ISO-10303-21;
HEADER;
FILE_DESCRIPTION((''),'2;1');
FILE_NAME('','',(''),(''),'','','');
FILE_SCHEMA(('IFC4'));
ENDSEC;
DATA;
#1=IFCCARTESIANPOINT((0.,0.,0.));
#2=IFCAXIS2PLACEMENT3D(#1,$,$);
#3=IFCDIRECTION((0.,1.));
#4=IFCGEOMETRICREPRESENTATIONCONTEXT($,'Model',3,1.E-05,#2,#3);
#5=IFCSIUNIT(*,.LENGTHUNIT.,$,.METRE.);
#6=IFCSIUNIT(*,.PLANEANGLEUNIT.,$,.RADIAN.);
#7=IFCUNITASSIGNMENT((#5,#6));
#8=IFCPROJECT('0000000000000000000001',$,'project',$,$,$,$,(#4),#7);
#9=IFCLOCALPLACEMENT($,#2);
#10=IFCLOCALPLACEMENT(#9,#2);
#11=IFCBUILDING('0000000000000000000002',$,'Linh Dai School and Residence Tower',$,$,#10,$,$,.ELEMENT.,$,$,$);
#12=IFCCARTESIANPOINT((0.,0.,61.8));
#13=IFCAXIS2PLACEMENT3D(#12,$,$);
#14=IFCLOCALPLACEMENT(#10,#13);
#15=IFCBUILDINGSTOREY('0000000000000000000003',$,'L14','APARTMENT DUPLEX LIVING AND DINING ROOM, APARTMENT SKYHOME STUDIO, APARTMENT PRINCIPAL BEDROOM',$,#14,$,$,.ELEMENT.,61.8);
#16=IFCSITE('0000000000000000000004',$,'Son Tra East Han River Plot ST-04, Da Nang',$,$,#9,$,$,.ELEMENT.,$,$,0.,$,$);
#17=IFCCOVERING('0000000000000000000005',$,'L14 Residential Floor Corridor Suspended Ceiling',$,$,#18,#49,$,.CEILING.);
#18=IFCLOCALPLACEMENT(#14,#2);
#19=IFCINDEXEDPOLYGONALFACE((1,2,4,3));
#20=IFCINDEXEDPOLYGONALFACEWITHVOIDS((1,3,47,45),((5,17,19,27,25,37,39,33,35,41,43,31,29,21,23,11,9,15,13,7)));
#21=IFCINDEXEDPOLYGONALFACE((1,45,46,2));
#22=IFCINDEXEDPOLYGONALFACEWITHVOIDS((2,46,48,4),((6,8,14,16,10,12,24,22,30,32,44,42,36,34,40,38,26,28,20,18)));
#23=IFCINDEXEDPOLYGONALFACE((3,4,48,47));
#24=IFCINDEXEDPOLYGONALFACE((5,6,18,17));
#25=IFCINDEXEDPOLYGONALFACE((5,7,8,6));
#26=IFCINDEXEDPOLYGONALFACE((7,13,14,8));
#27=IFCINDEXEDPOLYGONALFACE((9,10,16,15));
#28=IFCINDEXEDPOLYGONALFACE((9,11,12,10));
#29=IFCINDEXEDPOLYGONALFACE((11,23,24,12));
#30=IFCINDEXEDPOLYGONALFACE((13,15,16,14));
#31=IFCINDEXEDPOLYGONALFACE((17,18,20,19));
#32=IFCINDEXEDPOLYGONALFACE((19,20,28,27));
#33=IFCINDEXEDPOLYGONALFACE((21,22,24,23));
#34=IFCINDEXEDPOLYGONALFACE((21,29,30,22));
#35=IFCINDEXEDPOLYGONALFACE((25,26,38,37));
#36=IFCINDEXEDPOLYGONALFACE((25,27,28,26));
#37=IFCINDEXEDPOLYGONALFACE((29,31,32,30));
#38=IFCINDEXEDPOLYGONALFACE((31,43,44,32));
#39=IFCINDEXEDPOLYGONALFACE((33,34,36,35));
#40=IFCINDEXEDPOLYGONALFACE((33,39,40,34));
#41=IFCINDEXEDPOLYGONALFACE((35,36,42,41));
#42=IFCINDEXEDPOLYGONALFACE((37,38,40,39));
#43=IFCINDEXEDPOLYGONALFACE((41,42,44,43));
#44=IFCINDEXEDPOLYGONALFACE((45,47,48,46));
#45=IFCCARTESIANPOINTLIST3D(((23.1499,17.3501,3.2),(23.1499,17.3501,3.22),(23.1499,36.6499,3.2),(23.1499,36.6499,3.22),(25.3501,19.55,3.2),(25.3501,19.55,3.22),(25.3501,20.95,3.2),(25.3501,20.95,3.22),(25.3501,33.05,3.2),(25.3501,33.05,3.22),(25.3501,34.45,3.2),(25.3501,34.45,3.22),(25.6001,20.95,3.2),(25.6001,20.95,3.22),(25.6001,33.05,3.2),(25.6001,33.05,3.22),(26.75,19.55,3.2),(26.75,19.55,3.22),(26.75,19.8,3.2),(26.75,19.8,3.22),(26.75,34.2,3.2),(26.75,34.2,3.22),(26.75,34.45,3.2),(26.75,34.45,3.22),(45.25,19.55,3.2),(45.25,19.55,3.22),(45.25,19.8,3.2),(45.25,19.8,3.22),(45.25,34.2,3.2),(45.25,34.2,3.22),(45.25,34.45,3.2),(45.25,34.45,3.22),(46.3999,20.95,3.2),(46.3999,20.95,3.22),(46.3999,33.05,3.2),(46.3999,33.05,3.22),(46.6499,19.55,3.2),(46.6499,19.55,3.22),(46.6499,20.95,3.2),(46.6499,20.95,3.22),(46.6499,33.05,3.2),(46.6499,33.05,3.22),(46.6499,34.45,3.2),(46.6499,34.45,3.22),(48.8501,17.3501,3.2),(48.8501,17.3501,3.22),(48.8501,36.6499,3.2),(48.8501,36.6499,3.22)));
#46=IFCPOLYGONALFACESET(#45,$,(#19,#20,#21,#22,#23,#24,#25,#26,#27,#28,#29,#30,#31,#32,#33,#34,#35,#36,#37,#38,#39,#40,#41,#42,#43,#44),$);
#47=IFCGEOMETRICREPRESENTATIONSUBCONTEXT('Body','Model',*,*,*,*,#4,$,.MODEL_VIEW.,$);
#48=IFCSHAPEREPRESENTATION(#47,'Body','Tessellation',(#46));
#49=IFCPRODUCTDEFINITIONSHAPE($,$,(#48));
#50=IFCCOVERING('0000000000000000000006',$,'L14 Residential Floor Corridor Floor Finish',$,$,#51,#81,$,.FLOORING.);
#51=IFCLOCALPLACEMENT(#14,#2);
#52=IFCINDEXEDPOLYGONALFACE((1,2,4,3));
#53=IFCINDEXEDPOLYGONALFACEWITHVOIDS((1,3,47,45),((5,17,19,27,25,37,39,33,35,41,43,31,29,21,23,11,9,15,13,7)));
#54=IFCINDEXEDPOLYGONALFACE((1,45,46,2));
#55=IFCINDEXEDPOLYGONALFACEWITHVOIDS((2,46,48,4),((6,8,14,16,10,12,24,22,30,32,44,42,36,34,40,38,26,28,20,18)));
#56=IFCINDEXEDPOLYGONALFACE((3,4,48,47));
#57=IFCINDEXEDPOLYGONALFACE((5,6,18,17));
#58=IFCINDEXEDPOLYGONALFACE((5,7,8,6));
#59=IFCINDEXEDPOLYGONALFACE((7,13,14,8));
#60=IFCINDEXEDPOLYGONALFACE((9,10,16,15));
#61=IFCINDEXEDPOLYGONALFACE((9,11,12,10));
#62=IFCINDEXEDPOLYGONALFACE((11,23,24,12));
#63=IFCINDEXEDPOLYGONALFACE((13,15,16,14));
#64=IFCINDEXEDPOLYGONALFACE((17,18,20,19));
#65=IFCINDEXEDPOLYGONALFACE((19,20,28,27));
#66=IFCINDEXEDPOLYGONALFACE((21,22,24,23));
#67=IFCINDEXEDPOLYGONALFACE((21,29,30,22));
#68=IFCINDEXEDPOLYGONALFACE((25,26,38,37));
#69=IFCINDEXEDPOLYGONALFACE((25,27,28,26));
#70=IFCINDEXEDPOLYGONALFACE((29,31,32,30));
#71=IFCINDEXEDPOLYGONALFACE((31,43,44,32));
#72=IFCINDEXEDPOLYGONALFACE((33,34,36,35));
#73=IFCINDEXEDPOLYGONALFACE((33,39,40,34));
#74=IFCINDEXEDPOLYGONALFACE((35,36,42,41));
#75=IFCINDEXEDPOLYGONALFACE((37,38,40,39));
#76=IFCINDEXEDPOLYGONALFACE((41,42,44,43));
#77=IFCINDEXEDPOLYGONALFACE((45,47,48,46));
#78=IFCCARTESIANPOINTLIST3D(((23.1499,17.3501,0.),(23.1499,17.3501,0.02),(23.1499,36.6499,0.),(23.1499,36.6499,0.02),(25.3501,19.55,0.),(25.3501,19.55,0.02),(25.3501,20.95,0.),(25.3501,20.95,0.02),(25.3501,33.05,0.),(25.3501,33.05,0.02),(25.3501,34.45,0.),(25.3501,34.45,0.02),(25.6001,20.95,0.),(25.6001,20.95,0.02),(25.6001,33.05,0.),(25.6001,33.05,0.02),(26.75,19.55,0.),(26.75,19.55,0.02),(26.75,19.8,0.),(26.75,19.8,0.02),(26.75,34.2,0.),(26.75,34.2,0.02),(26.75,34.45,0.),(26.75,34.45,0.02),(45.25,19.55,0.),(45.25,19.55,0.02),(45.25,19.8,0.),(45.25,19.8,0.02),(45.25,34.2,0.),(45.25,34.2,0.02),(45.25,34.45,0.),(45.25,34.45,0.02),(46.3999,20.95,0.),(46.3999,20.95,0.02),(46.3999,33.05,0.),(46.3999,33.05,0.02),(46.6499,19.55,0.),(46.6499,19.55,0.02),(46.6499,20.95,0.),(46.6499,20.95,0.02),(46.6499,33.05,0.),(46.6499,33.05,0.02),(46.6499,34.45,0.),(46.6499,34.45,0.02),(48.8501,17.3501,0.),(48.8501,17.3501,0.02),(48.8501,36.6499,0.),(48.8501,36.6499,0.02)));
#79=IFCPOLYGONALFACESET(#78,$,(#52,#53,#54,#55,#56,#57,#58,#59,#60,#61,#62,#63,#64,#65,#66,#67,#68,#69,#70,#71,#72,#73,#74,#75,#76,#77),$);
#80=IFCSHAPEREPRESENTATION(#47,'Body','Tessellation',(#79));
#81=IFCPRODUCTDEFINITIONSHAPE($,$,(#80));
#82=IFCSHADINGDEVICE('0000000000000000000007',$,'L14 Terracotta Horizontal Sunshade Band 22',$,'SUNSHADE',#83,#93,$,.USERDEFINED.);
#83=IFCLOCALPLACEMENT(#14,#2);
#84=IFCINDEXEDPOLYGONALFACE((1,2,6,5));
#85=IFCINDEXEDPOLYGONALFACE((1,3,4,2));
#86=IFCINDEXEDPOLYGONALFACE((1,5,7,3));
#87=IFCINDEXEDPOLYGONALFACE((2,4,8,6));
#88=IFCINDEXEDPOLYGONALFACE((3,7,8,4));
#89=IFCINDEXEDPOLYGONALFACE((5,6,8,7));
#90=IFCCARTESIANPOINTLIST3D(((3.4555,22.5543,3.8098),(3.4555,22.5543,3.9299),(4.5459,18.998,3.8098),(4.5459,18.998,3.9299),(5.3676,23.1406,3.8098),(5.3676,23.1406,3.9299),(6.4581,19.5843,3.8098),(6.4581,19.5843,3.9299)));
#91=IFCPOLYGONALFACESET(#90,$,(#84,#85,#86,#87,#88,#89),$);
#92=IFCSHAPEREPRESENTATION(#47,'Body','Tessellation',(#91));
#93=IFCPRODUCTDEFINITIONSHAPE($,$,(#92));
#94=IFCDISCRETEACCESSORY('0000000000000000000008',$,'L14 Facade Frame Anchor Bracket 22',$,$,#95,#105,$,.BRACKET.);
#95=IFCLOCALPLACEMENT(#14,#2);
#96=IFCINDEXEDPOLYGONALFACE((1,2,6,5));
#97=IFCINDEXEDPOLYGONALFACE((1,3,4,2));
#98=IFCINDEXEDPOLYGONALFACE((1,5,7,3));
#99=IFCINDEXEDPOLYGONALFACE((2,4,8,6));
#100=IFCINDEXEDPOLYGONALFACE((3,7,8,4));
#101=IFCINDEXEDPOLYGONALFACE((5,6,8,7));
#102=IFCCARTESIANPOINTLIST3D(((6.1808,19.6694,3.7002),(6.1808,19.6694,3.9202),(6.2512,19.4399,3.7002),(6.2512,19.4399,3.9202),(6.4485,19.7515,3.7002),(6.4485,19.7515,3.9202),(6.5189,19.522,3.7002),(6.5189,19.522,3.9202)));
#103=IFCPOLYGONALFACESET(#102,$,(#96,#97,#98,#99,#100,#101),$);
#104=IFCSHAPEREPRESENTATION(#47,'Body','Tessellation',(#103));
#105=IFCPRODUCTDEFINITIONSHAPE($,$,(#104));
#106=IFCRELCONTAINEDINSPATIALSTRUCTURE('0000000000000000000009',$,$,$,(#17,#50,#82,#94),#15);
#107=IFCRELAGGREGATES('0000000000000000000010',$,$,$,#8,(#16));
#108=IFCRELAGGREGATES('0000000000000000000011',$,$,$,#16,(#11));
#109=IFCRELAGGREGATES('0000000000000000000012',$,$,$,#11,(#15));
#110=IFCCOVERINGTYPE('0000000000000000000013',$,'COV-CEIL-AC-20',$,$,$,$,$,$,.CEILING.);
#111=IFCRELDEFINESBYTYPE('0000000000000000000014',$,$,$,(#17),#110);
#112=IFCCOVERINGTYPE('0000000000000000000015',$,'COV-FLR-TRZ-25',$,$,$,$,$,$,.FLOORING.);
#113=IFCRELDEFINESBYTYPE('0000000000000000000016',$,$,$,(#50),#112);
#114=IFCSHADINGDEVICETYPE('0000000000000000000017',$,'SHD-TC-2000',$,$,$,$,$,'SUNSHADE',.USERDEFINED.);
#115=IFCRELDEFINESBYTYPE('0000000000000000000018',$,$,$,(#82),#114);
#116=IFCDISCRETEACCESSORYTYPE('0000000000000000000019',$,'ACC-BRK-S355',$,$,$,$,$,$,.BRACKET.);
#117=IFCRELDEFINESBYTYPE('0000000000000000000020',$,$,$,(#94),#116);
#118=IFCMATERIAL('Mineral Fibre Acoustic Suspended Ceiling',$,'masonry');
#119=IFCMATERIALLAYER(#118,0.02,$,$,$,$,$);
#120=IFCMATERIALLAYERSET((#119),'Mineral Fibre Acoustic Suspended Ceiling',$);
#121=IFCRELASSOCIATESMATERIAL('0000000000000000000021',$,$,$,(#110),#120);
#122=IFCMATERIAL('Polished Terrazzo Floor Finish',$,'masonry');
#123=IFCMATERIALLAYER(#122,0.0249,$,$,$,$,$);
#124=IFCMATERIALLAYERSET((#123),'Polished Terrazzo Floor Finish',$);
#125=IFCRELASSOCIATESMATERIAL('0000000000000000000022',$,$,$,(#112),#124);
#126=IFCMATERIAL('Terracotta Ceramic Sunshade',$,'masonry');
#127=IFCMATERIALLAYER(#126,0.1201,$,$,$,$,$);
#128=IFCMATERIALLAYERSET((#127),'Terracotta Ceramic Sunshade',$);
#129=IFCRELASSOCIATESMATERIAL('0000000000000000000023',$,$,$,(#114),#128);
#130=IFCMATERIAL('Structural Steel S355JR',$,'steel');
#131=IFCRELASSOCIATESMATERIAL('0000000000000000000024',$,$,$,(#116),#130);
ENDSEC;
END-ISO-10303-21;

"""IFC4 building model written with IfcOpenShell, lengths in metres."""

from ifc_helpers import new_model, si_unit, direction, frame, origin, origin_2d, place, context, subcontext, project, spatial, polyline, rectangle, outline, extrude, source, transform, mapped, material, layer, layer_set, type_object, element, save


model = new_model("IFC4")

# Units and contexts
model_context = context("Model", 3, precision=1e-05, world=origin(), true_north=direction((0.0, 1.0)))
body_context = subcontext(model_context, "Body", "Model", "MODEL_VIEW")
ifc_project = project(units=[si_unit("LENGTHUNIT", "METRE"), si_unit("PLANEANGLEUNIT", "RADIAN")], contexts=[model_context])

# Site, building, storey
site_placement = place(None, origin())
site = spatial("IfcSite", under=ifc_project, at=site_placement, Name="Son Tra East Han River Plot ST-04, Da Nang", CompositionType="ELEMENT", RefElevation=0.0)
building_placement = place(site_placement, origin())
building = spatial("IfcBuilding", under=site, at=building_placement, Name="Linh Dai School and Residence Tower", CompositionType="ELEMENT")
storey_placement = place(building_placement, frame((0.0, 0.0, 61.8)))
storey = spatial("IfcBuildingStorey", under=building, at=storey_placement, Name="L14", Description="APARTMENT DUPLEX LIVING AND DINING ROOM, APARTMENT SKYHOME STUDIO, APARTMENT PRINCIPAL BEDROOM", CompositionType="ELEMENT", Elevation=61.8)

# Shared definitions
ifc_material_1 = material(Name="Structural Steel S355JR", Category="steel")

# Coverings
ifc_material_2 = material(Name="Mineral Fibre Acoustic Suspended Ceiling", Category="masonry")
ifc_layer_1 = layer(ifc_material_2, 0.02)
ifc_layer_set_1 = layer_set([ifc_layer_1], Name="Mineral Fibre Acoustic Suspended Ceiling")
covering_type_1 = type_object("IfcCoveringType", Name="COV-CEIL-AC-20", PredefinedType="CEILING", material=ifc_layer_set_1)
covering_1_placement = place(storey_placement, frame((0.0, 0.0, 3.2)))
element("IfcCovering", 1, at=covering_1_placement, inside=storey, type_object=covering_type_1, Name="L14 Residential Floor Corridor Suspended Ceiling", PredefinedType="CEILING", context=body_context, shape_type="SweptSolid", body=[
    extrude(outline(polyline([(48.8501, 36.6499), (48.8501, 17.3501), (23.1499, 17.3501), (23.1499, 36.6499), (48.8501, 36.6499)]), holes=[polyline([(26.75, 34.2), (26.75, 34.45), (25.3501, 34.45), (25.3501, 33.05), (25.6001, 33.05), (25.6001, 20.95), (25.3501, 20.95), (25.3501, 19.55), (26.75, 19.55), (26.75, 19.8), (45.25, 19.8), (45.25, 19.55), (46.6499, 19.55), (46.6499, 20.95), (46.3999, 20.95), (46.3999, 33.05), (46.6499, 33.05), (46.6499, 34.45), (45.25, 34.45), (45.25, 34.2), (26.75, 34.2)])]), origin(), (0.0, 0.0, 1.0), 0.02),
])
ifc_material_3 = material(Name="Polished Terrazzo Floor Finish", Category="masonry")
ifc_layer_2 = layer(ifc_material_3, 0.0249)
ifc_layer_set_2 = layer_set([ifc_layer_2], Name="Polished Terrazzo Floor Finish")
covering_type_2 = type_object("IfcCoveringType", Name="COV-FLR-TRZ-25", PredefinedType="FLOORING", material=ifc_layer_set_2)
covering_2_placement = place(storey_placement, origin())
element("IfcCovering", 2, at=covering_2_placement, inside=storey, type_object=covering_type_2, Name="L14 Residential Floor Corridor Floor Finish", PredefinedType="FLOORING", context=body_context, shape_type="SweptSolid", body=[
    extrude(outline(polyline([(48.8501, 36.6499), (48.8501, 17.3501), (23.1499, 17.3501), (23.1499, 36.6499), (48.8501, 36.6499)]), holes=[polyline([(26.75, 34.2), (26.75, 34.45), (25.3501, 34.45), (25.3501, 33.05), (25.6001, 33.05), (25.6001, 20.95), (25.3501, 20.95), (25.3501, 19.55), (26.75, 19.55), (26.75, 19.8), (45.25, 19.8), (45.25, 19.55), (46.6499, 19.55), (46.6499, 20.95), (46.3999, 20.95), (46.3999, 33.05), (46.6499, 33.05), (46.6499, 34.45), (45.25, 34.45), (45.25, 34.2), (26.75, 34.2)])]), origin(), (0.0, 0.0, 1.0), 0.02),
])

# Shading device
ifc_material_4 = material(Name="Terracotta Ceramic Sunshade", Category="masonry")
ifc_layer_3 = layer(ifc_material_4, 0.1201)
ifc_layer_set_3 = layer_set([ifc_layer_3], Name="Terracotta Ceramic Sunshade")
shading_device_type = type_object("IfcShadingDeviceType", Name="SHD-TC-2000", ElementType="SUNSHADE", PredefinedType="USERDEFINED", material=ifc_layer_set_3)
shared_shape_1 = source(origin(), body_context, "Body", "SweptSolid", [
    extrude(rectangle(XDim=3.7197, YDim=2.0, at=origin_2d()), origin(), (0.0, 0.0, 1.0), 0.1201),
])
shading_device_placement = place(storey_placement, frame((4.9568, 21.0693, 3.8098), z_axis=(0.0, 0.0, 1.0), x_axis=(-0.293146, 0.956068, 0.0)))
element("IfcShadingDevice", 3, at=shading_device_placement, inside=storey, type_object=shading_device_type, Name="L14 Terracotta Horizontal Sunshade Band 22", ObjectType="SUNSHADE", PredefinedType="USERDEFINED", context=body_context, shape_type="MappedRepresentation", body=[
    mapped(shared_shape_1, transform((0.0, 0.0, 0.0), x_axis=(1.0, 0.0, 0.0), y_axis=(0.0, 1.0, 0.0), z_axis=(0.0, 0.0, 1.0), scale=1.0)),
])

# Discrete accessory
discrete_accessory_type = type_object("IfcDiscreteAccessoryType", Name="ACC-BRK-S355", PredefinedType="BRACKET", material=ifc_material_1)
shared_shape_2 = source(origin(), body_context, "Body", "SweptSolid", [
    extrude(rectangle(XDim=0.28, YDim=0.24, at=origin_2d()), origin(), (0.0, 0.0, 1.0), 0.22),
])
discrete_accessory_placement = place(storey_placement, frame((6.3499, 19.5957, 3.7002), z_axis=(0.0, 0.0, 1.0), x_axis=(-0.956068, -0.293146, 0.0)))
element("IfcDiscreteAccessory", 4, at=discrete_accessory_placement, inside=storey, type_object=discrete_accessory_type, Name="L14 Facade Frame Anchor Bracket 22", PredefinedType="BRACKET", context=body_context, shape_type="MappedRepresentation", body=[
    mapped(shared_shape_2, transform((0.0, 0.0, 0.0), x_axis=(1.0, 0.0, 0.0), y_axis=(0.0, 1.0, 0.0), z_axis=(0.0, 0.0, 1.0), scale=1.0)),
])

save(model, "model.ifc")
